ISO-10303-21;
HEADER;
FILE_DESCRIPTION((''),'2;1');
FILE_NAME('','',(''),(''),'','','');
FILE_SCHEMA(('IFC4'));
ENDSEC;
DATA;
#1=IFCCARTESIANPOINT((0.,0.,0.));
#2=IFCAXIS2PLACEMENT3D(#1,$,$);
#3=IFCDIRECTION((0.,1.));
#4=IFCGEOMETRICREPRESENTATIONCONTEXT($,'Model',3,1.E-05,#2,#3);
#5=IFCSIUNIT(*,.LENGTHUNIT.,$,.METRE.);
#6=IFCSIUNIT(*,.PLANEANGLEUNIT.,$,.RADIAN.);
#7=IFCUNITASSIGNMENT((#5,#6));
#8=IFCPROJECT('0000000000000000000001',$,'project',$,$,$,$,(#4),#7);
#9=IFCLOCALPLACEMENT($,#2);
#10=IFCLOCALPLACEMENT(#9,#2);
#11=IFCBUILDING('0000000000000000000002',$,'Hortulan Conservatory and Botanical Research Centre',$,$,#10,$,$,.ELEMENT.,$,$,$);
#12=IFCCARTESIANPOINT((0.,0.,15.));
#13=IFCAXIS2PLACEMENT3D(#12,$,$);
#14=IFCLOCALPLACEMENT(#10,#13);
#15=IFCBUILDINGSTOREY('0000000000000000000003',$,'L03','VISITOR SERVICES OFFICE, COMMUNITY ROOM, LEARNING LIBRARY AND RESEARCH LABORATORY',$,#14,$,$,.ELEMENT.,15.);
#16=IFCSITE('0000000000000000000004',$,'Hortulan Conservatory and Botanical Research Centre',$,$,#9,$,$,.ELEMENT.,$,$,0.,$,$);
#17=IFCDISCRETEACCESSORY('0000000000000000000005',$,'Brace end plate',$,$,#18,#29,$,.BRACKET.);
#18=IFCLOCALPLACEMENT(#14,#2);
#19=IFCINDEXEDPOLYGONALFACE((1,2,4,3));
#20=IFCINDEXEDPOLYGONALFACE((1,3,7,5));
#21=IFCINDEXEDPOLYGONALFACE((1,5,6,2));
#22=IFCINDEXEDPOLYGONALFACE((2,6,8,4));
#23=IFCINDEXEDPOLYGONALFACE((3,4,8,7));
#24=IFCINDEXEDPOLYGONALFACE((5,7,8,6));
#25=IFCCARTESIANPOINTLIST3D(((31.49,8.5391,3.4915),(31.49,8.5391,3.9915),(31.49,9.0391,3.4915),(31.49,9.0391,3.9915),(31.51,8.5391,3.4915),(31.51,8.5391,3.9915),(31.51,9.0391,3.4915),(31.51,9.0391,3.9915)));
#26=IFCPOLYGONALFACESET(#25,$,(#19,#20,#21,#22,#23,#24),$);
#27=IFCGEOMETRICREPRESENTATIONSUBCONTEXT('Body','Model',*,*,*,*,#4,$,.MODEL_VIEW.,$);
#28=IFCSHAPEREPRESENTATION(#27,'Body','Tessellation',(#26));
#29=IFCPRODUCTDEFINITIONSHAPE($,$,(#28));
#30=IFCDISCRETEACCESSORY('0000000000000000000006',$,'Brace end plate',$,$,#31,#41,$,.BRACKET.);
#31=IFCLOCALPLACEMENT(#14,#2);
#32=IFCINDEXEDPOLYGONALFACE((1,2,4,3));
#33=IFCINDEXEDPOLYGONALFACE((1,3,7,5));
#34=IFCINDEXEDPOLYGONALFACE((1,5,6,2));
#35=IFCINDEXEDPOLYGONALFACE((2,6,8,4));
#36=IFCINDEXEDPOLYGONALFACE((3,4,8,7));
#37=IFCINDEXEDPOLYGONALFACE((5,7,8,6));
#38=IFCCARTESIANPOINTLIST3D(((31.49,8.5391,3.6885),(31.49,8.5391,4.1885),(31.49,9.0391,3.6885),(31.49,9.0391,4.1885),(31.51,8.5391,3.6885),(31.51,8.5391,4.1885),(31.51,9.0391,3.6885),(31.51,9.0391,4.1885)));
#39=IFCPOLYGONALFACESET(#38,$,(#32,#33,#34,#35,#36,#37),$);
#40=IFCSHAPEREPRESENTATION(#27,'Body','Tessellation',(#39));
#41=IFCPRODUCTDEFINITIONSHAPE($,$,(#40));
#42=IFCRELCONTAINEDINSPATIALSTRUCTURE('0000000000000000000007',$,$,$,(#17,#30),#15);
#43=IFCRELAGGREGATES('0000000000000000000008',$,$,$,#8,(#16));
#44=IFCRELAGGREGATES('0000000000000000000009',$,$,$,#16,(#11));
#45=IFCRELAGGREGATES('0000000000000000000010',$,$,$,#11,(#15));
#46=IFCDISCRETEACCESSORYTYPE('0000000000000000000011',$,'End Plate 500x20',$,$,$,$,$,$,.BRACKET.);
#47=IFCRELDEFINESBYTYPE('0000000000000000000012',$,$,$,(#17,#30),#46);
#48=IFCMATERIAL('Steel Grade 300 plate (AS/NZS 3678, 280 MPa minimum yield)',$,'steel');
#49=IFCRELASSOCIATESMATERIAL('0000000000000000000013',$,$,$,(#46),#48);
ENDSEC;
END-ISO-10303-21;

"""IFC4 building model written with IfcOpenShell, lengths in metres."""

from ifc_helpers import new_model, si_unit, direction, frame, origin, origin_2d, place, context, subcontext, project, spatial, rectangle, extrude, material, type_object, element, save


model = new_model("IFC4")

# Units and contexts
model_context = context("Model", 3, precision=1e-05, world=origin(), true_north=direction((0.0, 1.0)))
body_context = subcontext(model_context, "Body", "Model", "MODEL_VIEW")
ifc_project = project(units=[si_unit("LENGTHUNIT", "METRE"), si_unit("PLANEANGLEUNIT", "RADIAN")], contexts=[model_context])

# Site, building, storey
site_placement = place(None, origin())
site = spatial("IfcSite", under=ifc_project, at=site_placement, Name="Hortulan Conservatory and Botanical Research Centre", CompositionType="ELEMENT", RefElevation=0.0)
building_placement = place(site_placement, origin())
building = spatial("IfcBuilding", under=site, at=building_placement, Name="Hortulan Conservatory and Botanical Research Centre", CompositionType="ELEMENT")
storey_placement = place(building_placement, frame((0.0, 0.0, 15.0)))
storey = spatial("IfcBuildingStorey", under=building, at=storey_placement, Name="L03", Description="VISITOR SERVICES OFFICE, COMMUNITY ROOM, LEARNING LIBRARY AND RESEARCH LABORATORY", CompositionType="ELEMENT", Elevation=15.0)

# Discrete accessories
ifc_material_1 = material(Name="Steel Grade 300 plate (AS/NZS 3678, 280 MPa minimum yield)", Category="steel")
discrete_accessory_type = type_object("IfcDiscreteAccessoryType", Name="End Plate 500x20", PredefinedType="BRACKET", material=ifc_material_1)
for number, where, z_axis, x_axis, name in (
    (1, (31.5, 8.7891, 3.4915), (0.0, 0.0, 1.0), (0.0, -1.0, 0.0), "Brace end plate"),
    (2, (31.5, 8.7891, 3.6885), (0.0, 0.0, 1.0), (0.0, -1.0, 0.0), "Brace end plate"),
):
    element("IfcDiscreteAccessory", number, at=place(storey_placement, frame(where, z_axis=z_axis, x_axis=x_axis)), inside=storey, type_object=discrete_accessory_type, Name=name, PredefinedType="BRACKET", context=body_context, shape_type="SweptSolid", body=[
        extrude(rectangle(XDim=0.5, YDim=0.02, at=origin_2d()), origin(), (0.0, 0.0, 1.0), 0.5),
    ])

save(model, "model.ifc")
